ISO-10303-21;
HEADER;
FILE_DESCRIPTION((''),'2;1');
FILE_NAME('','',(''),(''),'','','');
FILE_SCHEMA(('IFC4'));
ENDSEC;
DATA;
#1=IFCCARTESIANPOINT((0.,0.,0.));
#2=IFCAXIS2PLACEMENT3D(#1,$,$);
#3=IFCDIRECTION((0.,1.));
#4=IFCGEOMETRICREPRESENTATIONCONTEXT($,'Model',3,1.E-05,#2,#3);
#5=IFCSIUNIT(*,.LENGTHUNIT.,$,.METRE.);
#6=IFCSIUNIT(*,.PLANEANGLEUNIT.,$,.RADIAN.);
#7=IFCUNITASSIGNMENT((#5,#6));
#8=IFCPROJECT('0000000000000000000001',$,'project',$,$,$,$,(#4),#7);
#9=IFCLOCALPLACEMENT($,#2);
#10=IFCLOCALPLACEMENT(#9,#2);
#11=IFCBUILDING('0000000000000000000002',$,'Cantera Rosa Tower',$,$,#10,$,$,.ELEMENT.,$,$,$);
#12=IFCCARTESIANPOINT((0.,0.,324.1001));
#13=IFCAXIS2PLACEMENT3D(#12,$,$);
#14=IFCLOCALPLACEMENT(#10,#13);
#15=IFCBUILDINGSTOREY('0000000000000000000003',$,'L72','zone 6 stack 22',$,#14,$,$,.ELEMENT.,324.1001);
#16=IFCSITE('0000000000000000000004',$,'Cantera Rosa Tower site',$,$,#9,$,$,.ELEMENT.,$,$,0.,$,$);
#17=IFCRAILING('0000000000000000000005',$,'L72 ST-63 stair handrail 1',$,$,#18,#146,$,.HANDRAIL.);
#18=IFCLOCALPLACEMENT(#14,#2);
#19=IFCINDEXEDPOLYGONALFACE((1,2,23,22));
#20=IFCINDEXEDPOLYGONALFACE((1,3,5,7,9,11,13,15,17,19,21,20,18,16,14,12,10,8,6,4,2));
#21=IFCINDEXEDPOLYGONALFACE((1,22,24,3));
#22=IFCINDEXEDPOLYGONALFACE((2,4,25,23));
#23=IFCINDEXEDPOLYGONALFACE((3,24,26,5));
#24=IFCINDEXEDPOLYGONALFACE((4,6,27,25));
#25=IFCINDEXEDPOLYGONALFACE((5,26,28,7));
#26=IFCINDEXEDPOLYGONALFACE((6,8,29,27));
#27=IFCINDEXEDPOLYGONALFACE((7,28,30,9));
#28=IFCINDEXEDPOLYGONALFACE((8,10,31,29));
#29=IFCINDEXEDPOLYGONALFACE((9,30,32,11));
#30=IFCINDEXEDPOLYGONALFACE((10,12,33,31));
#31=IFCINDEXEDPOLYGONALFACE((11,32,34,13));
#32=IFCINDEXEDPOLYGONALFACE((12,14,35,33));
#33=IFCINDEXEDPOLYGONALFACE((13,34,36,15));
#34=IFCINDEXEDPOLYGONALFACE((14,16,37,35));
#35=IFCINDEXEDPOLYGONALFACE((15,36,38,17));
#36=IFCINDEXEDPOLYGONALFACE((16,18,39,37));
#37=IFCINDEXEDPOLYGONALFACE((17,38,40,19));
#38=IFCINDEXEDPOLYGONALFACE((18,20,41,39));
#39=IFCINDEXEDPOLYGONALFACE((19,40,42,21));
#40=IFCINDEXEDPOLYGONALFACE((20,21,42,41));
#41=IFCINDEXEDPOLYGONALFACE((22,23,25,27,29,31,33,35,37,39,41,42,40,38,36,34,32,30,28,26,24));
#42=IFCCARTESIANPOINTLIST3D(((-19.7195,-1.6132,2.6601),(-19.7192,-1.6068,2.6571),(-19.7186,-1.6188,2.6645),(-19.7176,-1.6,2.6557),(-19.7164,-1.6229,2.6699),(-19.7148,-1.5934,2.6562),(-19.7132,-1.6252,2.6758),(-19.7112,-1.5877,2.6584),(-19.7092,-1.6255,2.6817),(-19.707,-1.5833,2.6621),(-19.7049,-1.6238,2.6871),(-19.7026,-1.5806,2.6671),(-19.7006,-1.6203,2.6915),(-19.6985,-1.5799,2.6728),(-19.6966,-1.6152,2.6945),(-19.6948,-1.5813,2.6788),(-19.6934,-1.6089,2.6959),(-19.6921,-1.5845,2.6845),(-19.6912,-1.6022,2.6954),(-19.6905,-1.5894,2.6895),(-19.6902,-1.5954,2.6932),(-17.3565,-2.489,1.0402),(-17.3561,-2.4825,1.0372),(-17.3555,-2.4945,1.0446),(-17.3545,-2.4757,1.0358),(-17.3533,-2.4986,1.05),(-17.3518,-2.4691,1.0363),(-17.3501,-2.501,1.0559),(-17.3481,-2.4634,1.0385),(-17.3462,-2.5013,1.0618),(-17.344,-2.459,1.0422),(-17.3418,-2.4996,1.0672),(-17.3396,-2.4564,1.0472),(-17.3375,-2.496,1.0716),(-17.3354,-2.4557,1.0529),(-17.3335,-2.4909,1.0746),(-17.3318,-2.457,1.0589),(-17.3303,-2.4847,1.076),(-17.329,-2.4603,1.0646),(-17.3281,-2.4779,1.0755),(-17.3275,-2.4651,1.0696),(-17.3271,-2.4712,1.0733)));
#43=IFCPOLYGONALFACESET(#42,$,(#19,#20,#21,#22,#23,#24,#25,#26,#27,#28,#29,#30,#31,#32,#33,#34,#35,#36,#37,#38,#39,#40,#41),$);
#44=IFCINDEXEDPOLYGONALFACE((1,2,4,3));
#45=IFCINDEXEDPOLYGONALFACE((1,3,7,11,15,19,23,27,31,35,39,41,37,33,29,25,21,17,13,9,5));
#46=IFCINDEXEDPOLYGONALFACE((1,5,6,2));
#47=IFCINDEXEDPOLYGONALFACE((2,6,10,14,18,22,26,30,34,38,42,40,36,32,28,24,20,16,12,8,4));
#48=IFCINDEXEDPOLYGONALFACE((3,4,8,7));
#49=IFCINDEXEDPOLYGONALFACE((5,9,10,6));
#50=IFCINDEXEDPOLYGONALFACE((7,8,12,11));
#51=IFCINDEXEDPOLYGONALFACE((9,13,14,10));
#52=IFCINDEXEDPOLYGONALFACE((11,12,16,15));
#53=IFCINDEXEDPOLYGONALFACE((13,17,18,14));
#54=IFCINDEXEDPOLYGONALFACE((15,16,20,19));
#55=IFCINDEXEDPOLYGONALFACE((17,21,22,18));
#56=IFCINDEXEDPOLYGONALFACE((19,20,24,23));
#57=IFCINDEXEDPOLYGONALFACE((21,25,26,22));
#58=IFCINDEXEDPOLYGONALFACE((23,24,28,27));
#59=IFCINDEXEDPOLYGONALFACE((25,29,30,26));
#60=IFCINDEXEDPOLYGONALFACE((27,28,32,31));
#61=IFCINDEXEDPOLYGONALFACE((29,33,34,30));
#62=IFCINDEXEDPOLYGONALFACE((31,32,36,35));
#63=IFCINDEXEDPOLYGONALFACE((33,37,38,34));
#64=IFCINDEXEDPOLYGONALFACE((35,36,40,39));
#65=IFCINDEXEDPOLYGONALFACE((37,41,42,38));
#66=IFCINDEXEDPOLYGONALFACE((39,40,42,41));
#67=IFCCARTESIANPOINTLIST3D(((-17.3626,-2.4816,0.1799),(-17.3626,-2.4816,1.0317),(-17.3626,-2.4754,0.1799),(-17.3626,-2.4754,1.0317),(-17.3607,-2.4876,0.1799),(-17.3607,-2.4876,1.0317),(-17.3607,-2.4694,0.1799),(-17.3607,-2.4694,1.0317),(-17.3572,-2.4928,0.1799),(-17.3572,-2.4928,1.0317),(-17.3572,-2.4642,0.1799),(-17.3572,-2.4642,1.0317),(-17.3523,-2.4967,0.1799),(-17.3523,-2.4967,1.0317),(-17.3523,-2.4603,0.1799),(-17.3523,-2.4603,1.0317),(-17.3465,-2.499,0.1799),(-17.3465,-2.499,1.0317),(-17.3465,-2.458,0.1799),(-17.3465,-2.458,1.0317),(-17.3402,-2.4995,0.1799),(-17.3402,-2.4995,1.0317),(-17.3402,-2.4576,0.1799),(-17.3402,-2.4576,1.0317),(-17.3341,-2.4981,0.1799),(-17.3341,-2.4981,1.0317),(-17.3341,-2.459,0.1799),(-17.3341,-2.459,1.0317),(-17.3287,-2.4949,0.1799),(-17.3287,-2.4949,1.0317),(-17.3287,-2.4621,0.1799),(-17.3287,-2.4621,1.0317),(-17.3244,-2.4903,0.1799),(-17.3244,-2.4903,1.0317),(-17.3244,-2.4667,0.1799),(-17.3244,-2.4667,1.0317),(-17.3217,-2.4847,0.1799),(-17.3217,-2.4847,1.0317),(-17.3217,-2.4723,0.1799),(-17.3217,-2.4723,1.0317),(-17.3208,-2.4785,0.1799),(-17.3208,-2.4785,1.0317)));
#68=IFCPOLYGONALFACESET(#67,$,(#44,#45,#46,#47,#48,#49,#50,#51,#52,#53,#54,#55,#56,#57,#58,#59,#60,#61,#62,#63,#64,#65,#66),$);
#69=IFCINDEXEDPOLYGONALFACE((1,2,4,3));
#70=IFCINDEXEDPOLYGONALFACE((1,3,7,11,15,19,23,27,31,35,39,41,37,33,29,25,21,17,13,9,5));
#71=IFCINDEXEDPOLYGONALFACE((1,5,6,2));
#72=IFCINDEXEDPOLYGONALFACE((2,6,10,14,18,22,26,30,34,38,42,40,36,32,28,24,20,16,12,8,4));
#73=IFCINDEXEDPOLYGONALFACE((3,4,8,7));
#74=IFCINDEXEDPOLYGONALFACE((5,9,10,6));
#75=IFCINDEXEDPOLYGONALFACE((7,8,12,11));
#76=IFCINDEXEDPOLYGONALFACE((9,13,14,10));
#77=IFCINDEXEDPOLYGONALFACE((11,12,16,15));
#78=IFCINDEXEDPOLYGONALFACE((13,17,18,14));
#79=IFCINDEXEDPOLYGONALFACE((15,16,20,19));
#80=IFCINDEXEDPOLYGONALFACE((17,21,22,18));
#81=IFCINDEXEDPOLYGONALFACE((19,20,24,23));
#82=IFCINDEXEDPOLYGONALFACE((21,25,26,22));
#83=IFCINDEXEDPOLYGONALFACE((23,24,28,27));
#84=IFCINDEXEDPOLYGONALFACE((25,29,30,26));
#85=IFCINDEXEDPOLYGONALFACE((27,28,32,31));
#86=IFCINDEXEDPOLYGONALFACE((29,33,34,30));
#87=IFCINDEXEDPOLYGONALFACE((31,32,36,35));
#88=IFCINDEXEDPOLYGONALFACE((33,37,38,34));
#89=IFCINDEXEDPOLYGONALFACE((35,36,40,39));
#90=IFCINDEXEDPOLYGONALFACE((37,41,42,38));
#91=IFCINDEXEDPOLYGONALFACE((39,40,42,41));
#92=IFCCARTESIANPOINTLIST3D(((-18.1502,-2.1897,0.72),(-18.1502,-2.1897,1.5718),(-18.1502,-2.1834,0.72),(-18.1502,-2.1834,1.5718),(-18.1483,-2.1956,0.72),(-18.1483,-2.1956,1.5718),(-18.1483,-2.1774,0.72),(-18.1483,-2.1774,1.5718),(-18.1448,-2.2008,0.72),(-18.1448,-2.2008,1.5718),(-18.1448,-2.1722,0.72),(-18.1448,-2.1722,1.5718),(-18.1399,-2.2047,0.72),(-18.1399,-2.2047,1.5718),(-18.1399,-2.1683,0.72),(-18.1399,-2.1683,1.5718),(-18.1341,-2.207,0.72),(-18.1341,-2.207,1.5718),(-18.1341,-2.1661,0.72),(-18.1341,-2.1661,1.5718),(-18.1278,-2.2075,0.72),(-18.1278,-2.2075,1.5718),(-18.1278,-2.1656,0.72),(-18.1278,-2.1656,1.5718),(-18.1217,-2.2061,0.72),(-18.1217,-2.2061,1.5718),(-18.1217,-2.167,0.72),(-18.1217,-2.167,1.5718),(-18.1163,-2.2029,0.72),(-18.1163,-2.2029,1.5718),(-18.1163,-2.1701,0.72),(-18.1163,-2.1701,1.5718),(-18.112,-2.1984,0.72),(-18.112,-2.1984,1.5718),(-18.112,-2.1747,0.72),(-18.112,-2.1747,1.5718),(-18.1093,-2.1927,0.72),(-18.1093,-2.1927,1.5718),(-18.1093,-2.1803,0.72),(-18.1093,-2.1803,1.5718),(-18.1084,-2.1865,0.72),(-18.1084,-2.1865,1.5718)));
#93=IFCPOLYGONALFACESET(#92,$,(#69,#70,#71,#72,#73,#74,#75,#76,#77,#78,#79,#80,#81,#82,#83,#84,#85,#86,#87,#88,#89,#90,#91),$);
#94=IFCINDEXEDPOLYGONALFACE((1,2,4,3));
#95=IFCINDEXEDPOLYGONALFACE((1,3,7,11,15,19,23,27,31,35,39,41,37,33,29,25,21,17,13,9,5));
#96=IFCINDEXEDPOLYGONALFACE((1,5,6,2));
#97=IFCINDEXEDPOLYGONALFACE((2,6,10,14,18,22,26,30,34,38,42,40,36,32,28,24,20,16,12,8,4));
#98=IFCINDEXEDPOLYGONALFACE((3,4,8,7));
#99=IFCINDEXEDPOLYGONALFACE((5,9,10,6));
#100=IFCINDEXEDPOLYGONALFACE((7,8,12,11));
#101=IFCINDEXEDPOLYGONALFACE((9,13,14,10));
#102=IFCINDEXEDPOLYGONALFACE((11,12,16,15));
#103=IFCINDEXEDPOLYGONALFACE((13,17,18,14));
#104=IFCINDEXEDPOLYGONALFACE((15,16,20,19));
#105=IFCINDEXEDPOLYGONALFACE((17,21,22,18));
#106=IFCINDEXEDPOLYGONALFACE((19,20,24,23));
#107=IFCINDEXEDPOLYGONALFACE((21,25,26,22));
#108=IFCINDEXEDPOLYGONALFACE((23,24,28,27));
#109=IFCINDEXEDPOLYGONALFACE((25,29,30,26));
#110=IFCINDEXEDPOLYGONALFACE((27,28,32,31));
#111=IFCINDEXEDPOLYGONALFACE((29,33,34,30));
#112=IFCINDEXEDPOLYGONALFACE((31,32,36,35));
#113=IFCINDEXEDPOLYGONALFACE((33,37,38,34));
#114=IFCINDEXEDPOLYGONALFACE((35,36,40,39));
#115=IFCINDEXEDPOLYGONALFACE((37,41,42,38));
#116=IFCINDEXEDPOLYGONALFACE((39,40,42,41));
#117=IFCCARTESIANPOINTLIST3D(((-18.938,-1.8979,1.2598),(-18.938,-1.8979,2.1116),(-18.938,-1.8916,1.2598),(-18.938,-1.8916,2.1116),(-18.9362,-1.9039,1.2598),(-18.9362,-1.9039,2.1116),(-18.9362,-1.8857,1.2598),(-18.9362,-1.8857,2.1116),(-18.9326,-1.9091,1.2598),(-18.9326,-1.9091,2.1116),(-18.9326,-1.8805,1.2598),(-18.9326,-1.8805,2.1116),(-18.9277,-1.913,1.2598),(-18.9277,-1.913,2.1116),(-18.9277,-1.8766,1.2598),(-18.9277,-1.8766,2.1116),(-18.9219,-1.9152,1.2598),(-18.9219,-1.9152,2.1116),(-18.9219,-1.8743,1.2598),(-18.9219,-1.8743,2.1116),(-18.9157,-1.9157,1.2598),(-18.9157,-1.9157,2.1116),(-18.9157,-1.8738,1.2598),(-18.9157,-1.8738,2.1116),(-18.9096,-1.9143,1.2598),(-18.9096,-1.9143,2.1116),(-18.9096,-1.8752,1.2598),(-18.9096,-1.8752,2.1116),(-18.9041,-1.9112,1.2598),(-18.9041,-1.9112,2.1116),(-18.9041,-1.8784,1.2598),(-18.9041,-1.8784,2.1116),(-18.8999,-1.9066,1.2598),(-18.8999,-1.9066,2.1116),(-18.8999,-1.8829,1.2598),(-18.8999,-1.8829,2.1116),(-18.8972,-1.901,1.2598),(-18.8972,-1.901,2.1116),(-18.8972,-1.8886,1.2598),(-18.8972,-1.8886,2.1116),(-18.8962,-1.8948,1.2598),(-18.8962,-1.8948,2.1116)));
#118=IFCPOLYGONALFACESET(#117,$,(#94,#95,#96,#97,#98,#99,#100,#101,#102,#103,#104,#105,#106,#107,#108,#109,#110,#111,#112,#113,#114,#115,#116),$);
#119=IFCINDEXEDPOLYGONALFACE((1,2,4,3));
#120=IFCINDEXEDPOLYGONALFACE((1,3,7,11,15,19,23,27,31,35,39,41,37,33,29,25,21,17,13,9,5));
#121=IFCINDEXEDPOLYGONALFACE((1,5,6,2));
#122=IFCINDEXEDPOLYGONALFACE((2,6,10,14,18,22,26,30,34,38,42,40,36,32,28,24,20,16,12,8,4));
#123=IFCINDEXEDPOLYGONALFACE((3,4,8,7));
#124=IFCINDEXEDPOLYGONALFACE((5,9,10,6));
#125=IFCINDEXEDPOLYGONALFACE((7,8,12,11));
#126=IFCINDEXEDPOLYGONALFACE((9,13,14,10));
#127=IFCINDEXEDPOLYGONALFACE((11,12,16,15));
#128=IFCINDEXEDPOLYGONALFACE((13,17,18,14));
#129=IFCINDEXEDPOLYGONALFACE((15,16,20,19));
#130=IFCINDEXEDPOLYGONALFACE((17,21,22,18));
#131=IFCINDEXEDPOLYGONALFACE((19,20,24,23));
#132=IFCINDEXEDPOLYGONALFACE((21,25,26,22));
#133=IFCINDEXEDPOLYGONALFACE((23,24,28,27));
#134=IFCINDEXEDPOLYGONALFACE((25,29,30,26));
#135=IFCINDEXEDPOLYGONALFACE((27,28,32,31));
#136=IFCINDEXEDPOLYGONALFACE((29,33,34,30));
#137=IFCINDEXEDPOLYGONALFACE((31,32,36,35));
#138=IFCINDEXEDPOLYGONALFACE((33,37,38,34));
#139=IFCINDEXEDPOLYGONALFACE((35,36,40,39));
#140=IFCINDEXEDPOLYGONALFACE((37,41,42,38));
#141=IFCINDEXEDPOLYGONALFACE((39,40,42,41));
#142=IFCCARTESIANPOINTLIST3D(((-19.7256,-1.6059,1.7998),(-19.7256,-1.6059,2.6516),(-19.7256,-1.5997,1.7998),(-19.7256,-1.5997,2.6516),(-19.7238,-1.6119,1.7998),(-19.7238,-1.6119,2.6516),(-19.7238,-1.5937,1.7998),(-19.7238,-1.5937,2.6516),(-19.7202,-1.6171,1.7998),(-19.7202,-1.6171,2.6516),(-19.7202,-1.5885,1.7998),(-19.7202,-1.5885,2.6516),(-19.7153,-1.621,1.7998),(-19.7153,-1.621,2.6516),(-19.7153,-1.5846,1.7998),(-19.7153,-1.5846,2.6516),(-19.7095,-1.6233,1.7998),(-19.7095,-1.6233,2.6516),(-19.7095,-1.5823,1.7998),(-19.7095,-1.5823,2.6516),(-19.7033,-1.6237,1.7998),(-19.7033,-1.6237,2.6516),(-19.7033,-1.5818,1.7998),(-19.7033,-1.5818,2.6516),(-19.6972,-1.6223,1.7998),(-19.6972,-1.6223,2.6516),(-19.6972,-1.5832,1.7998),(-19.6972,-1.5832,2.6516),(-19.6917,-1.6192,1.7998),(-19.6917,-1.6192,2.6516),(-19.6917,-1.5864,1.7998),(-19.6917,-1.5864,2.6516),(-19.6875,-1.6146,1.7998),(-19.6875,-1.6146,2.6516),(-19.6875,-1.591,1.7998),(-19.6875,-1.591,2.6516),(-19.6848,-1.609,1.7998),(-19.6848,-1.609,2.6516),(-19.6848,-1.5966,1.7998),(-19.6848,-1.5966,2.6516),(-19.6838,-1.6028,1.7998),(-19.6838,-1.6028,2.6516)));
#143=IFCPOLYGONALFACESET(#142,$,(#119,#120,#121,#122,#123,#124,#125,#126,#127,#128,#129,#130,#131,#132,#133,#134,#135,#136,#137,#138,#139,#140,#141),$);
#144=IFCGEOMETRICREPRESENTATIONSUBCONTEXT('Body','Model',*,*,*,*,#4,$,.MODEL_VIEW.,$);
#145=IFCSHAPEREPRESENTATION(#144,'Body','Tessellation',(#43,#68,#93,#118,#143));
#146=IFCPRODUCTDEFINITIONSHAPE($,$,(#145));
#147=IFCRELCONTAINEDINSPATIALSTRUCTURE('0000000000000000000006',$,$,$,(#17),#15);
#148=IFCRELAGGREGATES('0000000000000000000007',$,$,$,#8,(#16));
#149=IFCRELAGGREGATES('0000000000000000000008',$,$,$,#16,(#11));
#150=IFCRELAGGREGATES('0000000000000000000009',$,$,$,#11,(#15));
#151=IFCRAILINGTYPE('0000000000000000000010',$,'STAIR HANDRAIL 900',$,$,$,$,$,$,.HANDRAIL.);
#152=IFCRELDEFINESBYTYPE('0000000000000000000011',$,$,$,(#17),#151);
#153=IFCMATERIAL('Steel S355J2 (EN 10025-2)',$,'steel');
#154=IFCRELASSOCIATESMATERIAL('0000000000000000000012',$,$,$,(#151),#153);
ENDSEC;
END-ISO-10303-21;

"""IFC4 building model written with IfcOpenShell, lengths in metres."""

from ifc_helpers import new_model, si_unit, direction, frame, origin, origin_2d, place, context, subcontext, project, spatial, circle, extrude, material, type_object, element, save


model = new_model("IFC4")

# Units and contexts
model_context = context("Model", 3, precision=1e-05, world=origin(), true_north=direction((0.0, 1.0)))
body_context = subcontext(model_context, "Body", "Model", "MODEL_VIEW")
ifc_project = project(units=[si_unit("LENGTHUNIT", "METRE"), si_unit("PLANEANGLEUNIT", "RADIAN")], contexts=[model_context])

# Site, building, storey
site_placement = place(None, origin())
site = spatial("IfcSite", under=ifc_project, at=site_placement, Name="Cantera Rosa Tower site", CompositionType="ELEMENT", RefElevation=0.0)
building_placement = place(site_placement, origin())
building = spatial("IfcBuilding", under=site, at=building_placement, Name="Cantera Rosa Tower", CompositionType="ELEMENT")
storey_placement = place(building_placement, frame((0.0, 0.0, 324.1001)))
storey = spatial("IfcBuildingStorey", under=building, at=storey_placement, Name="L72", Description="zone 6 stack 22", CompositionType="ELEMENT", Elevation=324.1001)

# Railing
ifc_material_1 = material(Name="Steel S355J2 (EN 10025-2)", Category="steel")
railing_type_1 = type_object("IfcRailingType", Name="STAIR HANDRAIL 900", PredefinedType="HANDRAIL", material=ifc_material_1)
railing_1_placement = place(storey_placement, frame((-17.3418, -2.4785, 0.1799)))
element("IfcRailing", 1, at=railing_1_placement, inside=storey, type_object=railing_type_1, Name="L72 ST-63 stair handrail 1", PredefinedType="HANDRAIL", context=body_context, shape_type="SweptSolid", body=[
    extrude(circle(Radius=0.0239, at=origin_2d()), frame((0.0, 0.0, 0.876), z_axis=(-0.788782, 0.29232, 0.540714), x_axis=(-0.347501, -0.93768, 0.0)), (0.0, 0.0, 1.0), 2.9958),
    extrude(circle(Radius=0.021, at=origin_2d()), origin(), (0.0, 0.0, 1.0), 0.8518),
    extrude(circle(Radius=0.021, at=origin_2d()), frame((-0.7876, 0.292, 0.54)), (0.0, 0.0, 1.0), 0.8518),
    extrude(circle(Radius=0.021, at=origin_2d()), frame((-1.5754, 0.5837, 1.0798)), (0.0, 0.0, 1.0), 0.8518),
    extrude(circle(Radius=0.021, at=origin_2d()), frame((-2.363, 0.8757, 1.6199)), (0.0, 0.0, 1.0), 0.8518),
])

save(model, "model.ifc")
